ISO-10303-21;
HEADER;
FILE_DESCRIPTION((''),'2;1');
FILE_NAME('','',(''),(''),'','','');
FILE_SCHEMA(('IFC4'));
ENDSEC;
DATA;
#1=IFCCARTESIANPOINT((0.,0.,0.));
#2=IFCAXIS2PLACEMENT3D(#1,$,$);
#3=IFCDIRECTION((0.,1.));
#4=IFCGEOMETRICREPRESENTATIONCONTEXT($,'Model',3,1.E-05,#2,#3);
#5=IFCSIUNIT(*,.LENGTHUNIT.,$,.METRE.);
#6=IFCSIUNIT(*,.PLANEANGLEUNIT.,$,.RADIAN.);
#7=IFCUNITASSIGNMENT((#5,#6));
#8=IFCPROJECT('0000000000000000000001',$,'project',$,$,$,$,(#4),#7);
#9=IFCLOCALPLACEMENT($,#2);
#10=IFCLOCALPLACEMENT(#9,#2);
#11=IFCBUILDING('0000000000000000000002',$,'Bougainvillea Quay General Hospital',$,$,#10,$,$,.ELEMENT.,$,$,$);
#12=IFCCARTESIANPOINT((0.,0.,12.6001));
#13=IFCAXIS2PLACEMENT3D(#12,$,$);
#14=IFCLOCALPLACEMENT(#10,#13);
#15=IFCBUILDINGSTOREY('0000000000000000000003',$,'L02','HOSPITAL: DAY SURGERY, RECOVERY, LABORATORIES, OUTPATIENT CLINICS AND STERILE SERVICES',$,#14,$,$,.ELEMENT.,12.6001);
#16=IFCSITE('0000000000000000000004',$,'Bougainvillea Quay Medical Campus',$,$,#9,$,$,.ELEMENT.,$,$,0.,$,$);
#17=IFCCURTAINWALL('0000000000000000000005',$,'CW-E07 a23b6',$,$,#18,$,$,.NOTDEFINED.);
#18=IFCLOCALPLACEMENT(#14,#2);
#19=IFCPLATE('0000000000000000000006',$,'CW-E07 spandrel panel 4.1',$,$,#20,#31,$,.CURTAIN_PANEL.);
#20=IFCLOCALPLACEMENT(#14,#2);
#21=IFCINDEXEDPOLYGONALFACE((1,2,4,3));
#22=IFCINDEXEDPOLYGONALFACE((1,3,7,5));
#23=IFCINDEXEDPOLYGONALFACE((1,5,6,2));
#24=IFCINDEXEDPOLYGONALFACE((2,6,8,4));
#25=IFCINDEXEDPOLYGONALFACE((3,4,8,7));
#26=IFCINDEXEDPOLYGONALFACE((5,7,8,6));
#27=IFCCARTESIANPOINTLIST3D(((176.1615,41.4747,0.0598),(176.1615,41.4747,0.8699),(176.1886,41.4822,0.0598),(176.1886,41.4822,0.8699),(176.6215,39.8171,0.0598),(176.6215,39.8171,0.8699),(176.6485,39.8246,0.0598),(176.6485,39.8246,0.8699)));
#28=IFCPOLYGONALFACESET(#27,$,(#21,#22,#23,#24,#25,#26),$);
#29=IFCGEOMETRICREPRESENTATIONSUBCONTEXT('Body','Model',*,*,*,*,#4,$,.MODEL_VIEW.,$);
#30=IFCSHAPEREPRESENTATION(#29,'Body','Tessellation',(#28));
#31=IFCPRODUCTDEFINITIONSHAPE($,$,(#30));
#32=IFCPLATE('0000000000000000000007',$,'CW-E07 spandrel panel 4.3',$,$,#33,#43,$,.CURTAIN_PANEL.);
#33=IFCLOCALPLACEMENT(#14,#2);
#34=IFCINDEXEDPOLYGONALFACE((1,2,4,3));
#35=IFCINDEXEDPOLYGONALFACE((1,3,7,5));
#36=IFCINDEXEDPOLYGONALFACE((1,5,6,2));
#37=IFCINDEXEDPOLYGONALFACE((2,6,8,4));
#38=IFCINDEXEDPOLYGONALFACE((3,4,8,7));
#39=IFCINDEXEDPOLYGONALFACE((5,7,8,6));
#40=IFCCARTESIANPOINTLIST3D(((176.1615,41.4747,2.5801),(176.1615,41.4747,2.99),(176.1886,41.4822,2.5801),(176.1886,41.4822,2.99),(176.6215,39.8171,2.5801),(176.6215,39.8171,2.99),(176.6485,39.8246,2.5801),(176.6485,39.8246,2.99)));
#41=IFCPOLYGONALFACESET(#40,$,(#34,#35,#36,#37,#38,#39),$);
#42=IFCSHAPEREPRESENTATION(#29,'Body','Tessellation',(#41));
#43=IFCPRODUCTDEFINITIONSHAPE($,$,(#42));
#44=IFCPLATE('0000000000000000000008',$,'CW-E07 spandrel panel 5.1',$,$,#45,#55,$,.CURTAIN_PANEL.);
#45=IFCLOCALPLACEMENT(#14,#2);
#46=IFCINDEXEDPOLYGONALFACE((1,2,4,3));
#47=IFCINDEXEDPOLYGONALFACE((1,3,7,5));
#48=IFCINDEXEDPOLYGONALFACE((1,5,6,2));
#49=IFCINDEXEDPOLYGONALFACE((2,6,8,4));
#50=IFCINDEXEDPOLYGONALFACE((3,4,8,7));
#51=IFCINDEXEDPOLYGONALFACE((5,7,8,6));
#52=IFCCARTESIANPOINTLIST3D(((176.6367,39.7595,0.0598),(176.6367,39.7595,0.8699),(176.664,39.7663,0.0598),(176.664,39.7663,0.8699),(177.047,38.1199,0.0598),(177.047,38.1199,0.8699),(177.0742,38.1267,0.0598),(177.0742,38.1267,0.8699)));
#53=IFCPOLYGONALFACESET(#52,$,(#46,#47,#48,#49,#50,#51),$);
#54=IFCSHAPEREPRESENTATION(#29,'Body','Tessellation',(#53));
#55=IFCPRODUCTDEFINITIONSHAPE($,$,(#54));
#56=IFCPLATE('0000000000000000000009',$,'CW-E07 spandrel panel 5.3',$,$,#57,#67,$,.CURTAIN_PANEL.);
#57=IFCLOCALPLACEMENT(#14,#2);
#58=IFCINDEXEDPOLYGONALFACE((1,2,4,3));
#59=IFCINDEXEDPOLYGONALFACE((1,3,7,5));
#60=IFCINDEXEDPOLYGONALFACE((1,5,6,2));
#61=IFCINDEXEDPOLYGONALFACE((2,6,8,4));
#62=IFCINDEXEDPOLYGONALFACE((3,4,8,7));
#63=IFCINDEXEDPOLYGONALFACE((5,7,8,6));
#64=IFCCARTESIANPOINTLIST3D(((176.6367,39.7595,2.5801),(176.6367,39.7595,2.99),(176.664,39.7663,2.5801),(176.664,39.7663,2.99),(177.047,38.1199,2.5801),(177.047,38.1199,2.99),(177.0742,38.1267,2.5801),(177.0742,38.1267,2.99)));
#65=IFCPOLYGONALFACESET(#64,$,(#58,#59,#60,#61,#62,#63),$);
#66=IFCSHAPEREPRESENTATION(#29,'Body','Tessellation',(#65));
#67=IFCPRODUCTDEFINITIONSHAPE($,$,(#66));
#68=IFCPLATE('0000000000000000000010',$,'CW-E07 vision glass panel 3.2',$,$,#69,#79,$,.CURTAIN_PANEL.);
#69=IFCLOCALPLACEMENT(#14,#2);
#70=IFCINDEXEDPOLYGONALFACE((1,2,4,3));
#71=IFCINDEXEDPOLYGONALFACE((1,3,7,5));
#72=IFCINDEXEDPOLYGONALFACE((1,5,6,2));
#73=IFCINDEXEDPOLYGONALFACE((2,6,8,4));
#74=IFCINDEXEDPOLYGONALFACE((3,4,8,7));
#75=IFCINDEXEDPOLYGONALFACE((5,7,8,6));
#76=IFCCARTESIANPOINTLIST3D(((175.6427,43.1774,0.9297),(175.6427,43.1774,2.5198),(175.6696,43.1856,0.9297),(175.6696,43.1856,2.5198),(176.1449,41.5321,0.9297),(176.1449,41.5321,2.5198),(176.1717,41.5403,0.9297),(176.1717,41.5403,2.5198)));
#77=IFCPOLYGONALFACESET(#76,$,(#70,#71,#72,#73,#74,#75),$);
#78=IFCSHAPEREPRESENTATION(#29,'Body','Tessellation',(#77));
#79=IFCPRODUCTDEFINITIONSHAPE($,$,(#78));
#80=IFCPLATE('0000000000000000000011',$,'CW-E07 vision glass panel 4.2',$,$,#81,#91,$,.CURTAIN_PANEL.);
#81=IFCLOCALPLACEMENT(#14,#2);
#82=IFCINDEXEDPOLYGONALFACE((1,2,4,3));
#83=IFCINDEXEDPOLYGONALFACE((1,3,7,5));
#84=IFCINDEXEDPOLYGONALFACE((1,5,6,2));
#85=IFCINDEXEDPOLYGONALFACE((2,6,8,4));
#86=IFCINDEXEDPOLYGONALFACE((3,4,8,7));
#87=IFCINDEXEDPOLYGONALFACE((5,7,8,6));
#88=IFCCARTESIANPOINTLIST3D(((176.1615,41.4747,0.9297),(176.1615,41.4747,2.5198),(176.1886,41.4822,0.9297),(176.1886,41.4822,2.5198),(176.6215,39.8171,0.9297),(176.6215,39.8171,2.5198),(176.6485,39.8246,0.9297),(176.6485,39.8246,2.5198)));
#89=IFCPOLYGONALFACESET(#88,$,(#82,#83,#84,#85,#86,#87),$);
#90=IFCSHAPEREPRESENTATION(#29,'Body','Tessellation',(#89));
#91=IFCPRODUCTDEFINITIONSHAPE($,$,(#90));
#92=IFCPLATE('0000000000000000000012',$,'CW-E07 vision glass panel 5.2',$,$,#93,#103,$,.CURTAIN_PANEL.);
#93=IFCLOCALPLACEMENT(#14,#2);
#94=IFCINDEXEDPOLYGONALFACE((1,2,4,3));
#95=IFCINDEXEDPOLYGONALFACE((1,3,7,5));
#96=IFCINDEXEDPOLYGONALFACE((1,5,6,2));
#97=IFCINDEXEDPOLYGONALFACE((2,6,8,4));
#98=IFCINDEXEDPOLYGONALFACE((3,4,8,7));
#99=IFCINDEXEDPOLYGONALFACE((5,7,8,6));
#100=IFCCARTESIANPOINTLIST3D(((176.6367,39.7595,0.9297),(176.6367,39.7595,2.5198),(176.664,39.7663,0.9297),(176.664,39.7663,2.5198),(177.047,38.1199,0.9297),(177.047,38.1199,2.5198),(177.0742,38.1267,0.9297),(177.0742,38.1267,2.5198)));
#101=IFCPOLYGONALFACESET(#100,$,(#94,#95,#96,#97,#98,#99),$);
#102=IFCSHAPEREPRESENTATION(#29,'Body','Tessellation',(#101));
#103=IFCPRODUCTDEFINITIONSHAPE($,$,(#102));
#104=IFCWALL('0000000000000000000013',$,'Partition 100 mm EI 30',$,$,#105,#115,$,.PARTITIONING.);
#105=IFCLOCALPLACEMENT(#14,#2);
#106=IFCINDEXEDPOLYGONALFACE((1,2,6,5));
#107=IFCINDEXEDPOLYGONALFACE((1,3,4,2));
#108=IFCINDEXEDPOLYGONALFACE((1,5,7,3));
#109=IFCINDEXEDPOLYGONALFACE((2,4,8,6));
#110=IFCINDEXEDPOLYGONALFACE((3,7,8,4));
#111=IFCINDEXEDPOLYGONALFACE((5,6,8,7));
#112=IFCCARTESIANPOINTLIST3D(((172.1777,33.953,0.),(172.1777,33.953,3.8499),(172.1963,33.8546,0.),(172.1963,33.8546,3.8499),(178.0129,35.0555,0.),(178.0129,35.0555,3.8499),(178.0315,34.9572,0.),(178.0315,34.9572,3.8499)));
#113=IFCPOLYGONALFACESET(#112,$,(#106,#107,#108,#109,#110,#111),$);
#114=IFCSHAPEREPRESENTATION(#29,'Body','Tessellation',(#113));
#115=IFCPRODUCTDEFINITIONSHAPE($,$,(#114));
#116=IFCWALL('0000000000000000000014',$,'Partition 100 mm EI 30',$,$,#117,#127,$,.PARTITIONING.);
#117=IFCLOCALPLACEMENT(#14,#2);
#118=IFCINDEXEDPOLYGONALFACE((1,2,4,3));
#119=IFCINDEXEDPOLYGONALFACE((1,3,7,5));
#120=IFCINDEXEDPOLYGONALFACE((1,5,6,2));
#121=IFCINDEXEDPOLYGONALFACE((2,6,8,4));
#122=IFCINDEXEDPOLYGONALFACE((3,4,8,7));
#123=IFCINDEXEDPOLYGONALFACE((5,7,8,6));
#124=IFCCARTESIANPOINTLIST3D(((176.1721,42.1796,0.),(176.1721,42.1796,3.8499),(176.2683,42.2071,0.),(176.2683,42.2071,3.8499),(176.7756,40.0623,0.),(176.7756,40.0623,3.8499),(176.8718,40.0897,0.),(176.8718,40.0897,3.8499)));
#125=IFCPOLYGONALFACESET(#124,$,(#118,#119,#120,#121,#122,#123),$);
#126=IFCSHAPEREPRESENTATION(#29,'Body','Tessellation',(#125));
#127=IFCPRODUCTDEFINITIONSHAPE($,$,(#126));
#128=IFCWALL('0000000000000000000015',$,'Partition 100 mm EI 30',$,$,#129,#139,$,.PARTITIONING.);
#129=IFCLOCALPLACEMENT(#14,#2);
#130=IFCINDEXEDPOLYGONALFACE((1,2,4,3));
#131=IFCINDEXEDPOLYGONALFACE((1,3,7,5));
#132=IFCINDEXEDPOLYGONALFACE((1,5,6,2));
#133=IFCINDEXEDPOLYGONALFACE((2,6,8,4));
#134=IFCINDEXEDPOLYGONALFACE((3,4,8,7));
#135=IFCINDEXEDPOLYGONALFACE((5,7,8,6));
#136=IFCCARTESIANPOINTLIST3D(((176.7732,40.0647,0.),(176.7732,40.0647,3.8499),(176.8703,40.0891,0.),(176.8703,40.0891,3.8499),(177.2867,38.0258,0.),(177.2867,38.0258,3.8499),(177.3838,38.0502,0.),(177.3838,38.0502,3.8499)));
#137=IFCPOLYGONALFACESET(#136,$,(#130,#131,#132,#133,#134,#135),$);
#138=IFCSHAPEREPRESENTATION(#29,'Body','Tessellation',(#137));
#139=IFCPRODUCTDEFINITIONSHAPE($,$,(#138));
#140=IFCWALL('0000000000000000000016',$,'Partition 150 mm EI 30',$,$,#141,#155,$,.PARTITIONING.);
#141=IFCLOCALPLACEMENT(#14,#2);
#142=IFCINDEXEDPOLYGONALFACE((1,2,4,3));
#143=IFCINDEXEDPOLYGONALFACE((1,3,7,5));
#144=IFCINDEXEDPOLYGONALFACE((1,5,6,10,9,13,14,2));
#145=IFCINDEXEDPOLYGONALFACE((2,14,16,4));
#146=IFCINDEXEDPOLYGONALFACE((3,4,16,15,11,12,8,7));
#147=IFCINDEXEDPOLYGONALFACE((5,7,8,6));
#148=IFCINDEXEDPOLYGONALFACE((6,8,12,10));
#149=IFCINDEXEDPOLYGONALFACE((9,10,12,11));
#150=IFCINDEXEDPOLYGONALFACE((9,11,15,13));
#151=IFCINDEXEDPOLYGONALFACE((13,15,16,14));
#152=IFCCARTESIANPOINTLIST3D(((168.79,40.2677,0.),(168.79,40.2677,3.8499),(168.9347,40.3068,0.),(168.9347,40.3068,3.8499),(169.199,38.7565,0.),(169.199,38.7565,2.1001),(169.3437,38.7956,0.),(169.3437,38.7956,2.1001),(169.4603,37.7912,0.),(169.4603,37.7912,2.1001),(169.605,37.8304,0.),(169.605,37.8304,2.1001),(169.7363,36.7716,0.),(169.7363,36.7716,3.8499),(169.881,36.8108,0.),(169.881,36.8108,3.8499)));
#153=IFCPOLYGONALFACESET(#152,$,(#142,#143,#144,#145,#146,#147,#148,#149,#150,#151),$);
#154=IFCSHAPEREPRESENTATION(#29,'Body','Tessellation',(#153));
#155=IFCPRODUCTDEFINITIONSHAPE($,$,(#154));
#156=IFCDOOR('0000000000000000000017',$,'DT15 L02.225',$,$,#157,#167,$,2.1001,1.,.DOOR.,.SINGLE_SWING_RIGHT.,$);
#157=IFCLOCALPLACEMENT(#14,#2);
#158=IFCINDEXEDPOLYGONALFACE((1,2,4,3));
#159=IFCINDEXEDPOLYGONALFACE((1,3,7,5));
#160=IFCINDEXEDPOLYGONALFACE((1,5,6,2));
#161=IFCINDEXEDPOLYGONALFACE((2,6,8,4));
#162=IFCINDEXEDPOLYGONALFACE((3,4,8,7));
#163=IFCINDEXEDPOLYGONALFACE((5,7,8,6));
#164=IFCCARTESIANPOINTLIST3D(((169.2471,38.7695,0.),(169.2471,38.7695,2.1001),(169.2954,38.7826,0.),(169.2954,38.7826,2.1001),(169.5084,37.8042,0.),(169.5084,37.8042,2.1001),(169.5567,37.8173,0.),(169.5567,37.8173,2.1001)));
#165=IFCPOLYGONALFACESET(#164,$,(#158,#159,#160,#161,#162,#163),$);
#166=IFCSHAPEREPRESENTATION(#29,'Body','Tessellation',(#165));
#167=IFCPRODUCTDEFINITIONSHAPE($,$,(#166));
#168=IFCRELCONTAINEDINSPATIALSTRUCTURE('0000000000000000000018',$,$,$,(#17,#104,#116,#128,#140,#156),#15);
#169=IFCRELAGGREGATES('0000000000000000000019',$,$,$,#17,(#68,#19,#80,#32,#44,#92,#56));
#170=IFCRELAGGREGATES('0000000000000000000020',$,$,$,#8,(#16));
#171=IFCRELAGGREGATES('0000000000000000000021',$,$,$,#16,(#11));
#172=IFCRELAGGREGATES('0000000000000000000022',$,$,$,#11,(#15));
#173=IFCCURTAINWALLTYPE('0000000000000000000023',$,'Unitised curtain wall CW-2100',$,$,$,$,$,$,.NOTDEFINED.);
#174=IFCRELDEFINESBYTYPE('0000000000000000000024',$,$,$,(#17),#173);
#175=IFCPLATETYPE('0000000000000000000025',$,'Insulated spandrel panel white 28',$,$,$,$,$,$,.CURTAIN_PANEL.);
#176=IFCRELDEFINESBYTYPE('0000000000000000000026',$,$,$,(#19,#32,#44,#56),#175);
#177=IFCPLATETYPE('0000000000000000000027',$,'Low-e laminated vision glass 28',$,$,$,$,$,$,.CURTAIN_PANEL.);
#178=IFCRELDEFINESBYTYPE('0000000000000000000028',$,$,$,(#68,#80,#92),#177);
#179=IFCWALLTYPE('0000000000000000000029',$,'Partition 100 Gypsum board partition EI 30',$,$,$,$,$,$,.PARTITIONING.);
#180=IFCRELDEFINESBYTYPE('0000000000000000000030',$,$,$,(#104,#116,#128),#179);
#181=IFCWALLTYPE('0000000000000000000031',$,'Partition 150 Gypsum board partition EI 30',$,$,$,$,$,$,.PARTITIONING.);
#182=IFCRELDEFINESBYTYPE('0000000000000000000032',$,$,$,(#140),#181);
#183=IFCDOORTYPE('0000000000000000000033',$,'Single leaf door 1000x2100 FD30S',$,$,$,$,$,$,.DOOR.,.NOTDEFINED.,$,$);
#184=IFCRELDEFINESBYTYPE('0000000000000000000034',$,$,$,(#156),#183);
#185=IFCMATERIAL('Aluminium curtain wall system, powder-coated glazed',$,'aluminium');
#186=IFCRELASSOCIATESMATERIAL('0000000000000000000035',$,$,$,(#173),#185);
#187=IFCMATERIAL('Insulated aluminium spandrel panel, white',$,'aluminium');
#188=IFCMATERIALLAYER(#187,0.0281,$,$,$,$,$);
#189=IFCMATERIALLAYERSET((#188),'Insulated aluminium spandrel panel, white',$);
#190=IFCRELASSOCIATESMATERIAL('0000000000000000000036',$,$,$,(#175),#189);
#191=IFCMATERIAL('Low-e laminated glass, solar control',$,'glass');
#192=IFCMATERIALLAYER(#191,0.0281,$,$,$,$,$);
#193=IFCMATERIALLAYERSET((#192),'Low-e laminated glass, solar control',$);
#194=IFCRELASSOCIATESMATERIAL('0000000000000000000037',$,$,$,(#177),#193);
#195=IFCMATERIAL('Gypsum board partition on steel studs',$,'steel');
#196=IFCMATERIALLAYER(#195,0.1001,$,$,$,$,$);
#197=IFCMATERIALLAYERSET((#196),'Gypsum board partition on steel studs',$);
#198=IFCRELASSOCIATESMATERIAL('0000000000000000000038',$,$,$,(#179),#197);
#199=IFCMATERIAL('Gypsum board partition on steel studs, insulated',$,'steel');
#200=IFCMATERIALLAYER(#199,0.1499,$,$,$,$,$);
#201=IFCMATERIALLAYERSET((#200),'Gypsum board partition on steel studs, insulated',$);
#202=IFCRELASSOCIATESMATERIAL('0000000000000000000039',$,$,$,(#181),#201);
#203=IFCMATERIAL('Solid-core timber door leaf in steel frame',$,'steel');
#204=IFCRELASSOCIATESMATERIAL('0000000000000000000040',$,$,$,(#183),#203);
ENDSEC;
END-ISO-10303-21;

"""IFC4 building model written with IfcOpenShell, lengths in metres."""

from ifc_helpers import new_model, si_unit, direction, frame, frame_2d, origin, origin_2d, place, context, subcontext, project, spatial, rectangle, extrude, material, layer, layer_set, type_object, element, fill, aggregate, save


model = new_model("IFC4")

# Units and contexts
model_context = context("Model", 3, precision=1e-05, world=origin(), true_north=direction((0.0, 1.0)))
body_context = subcontext(model_context, "Body", "Model", "MODEL_VIEW")
ifc_project = project(units=[si_unit("LENGTHUNIT", "METRE"), si_unit("PLANEANGLEUNIT", "RADIAN")], contexts=[model_context])

# Site, building, storey
site_placement = place(None, origin())
site = spatial("IfcSite", under=ifc_project, at=site_placement, Name="Bougainvillea Quay Medical Campus", CompositionType="ELEMENT", RefElevation=0.0)
building_placement = place(site_placement, origin())
building = spatial("IfcBuilding", under=site, at=building_placement, Name="Bougainvillea Quay General Hospital", CompositionType="ELEMENT")
storey_placement = place(building_placement, frame((0.0, 0.0, 12.6001)))
storey = spatial("IfcBuildingStorey", under=building, at=storey_placement, Name="L02", Description="HOSPITAL: DAY SURGERY, RECOVERY, LABORATORIES, OUTPATIENT CLINICS AND STERILE SERVICES", CompositionType="ELEMENT", Elevation=12.6001)

# Curtain wall, plates
ifc_material_1 = material(Name="Aluminium curtain wall system, powder-coated glazed", Category="aluminium")
curtain_wall_type = type_object("IfcCurtainWallType", Name="Unitised curtain wall CW-2100", PredefinedType="NOTDEFINED", material=ifc_material_1)
curtain_wall_placement = place(storey_placement, origin())
curtain_wall = element("IfcCurtainWall", 1, at=curtain_wall_placement, inside=storey, type_object=curtain_wall_type, Name="CW-E07 a23b6", PredefinedType="NOTDEFINED")
ifc_material_2 = material(Name="Insulated aluminium spandrel panel, white", Category="aluminium")
ifc_layer_1 = layer(ifc_material_2, 0.0281)
ifc_layer_set_1 = layer_set([ifc_layer_1], Name="Insulated aluminium spandrel panel, white")
plate_type_1 = type_object("IfcPlateType", Name="Insulated spandrel panel white 28", PredefinedType="CURTAIN_PANEL", material=ifc_layer_set_1)
plate_1_placement = place(storey_placement, frame((176.405, 40.6497, 0.0598), z_axis=(0.0, 0.0, 1.0), x_axis=(0.2674, -0.963586, 0.0)))
plate_1 = element("IfcPlate", 2, at=plate_1_placement, type_object=plate_type_1, Name="CW-E07 spandrel panel 4.1", PredefinedType="CURTAIN_PANEL", context=body_context, shape_type="SweptSolid", body=[
    extrude(rectangle(XDim=1.7202, YDim=0.0281, at=origin_2d()), origin(), (0.0, 0.0, 1.0), 0.8101),
])
plate_2_placement = place(storey_placement, frame((176.405, 40.6497, 2.5801), z_axis=(0.0, 0.0, 1.0), x_axis=(0.2674, -0.963586, 0.0)))
plate_2 = element("IfcPlate", 3, at=plate_2_placement, type_object=plate_type_1, Name="CW-E07 spandrel panel 4.3", PredefinedType="CURTAIN_PANEL", context=body_context, shape_type="SweptSolid", body=[
    extrude(rectangle(XDim=1.7202, YDim=0.0281, at=origin_2d()), origin(), (0.0, 0.0, 1.0), 0.4099),
])
plate_3_placement = place(storey_placement, frame((176.8555, 38.9431, 0.0598), z_axis=(0.0, 0.0, 1.0), x_axis=(0.242721, -0.970096, 0.0)))
plate_3 = element("IfcPlate", 4, at=plate_3_placement, type_object=plate_type_1, Name="CW-E07 spandrel panel 5.1", PredefinedType="CURTAIN_PANEL", context=body_context, shape_type="SweptSolid", body=[
    extrude(rectangle(XDim=1.6902, YDim=0.0281, at=origin_2d()), origin(), (0.0, 0.0, 1.0), 0.8101),
])
plate_4_placement = place(storey_placement, frame((176.8555, 38.9431, 2.5801), z_axis=(0.0, 0.0, 1.0), x_axis=(0.242721, -0.970096, 0.0)))
plate_4 = element("IfcPlate", 5, at=plate_4_placement, type_object=plate_type_1, Name="CW-E07 spandrel panel 5.3", PredefinedType="CURTAIN_PANEL", context=body_context, shape_type="SweptSolid", body=[
    extrude(rectangle(XDim=1.6902, YDim=0.0281, at=origin_2d()), origin(), (0.0, 0.0, 1.0), 0.4099),
])
ifc_material_3 = material(Name="Low-e laminated glass, solar control", Category="glass")
ifc_layer_2 = layer(ifc_material_3, 0.0281)
ifc_layer_set_2 = layer_set([ifc_layer_2], Name="Low-e laminated glass, solar control")
plate_type_2 = type_object("IfcPlateType", Name="Low-e laminated vision glass 28", PredefinedType="CURTAIN_PANEL", material=ifc_layer_set_2)
plate_5_placement = place(storey_placement, frame((175.9072, 42.3589, 0.9297), z_axis=(0.0, 0.0, 1.0), x_axis=(0.291904, -0.956448, 0.0)))
plate_5 = element("IfcPlate", 6, at=plate_5_placement, type_object=plate_type_2, Name="CW-E07 vision glass panel 3.2", PredefinedType="CURTAIN_PANEL", context=body_context, shape_type="SweptSolid", body=[
    extrude(rectangle(XDim=1.7202, YDim=0.0281, at=origin_2d()), origin(), (0.0, 0.0, 1.0), 1.5901),
])
plate_6_placement = place(storey_placement, frame((176.405, 40.6497, 0.9297), z_axis=(0.0, 0.0, 1.0), x_axis=(0.2674, -0.963586, 0.0)))
plate_6 = element("IfcPlate", 7, at=plate_6_placement, type_object=plate_type_2, Name="CW-E07 vision glass panel 4.2", PredefinedType="CURTAIN_PANEL", context=body_context, shape_type="SweptSolid", body=[
    extrude(rectangle(XDim=1.7202, YDim=0.0281, at=origin_2d()), origin(), (0.0, 0.0, 1.0), 1.5901),
])
plate_7_placement = place(storey_placement, frame((176.8555, 38.9431, 0.9297), z_axis=(0.0, 0.0, 1.0), x_axis=(0.242721, -0.970096, 0.0)))
plate_7 = element("IfcPlate", 8, at=plate_7_placement, type_object=plate_type_2, Name="CW-E07 vision glass panel 5.2", PredefinedType="CURTAIN_PANEL", context=body_context, shape_type="SweptSolid", body=[
    extrude(rectangle(XDim=1.6902, YDim=0.0281, at=origin_2d()), origin(), (0.0, 0.0, 1.0), 1.5901),
])
aggregate(curtain_wall, [plate_5, plate_1, plate_6, plate_2, plate_3, plate_7, plate_4])

# Walls
ifc_material_4 = material(Name="Gypsum board partition on steel studs", Category="steel")
ifc_layer_3 = layer(ifc_material_4, 0.1001)
ifc_layer_set_3 = layer_set([ifc_layer_3], Name="Gypsum board partition on steel studs")
wall_type_1 = type_object("IfcWallType", Name="Partition 100 Gypsum board partition EI 30", PredefinedType="PARTITIONING", material=ifc_layer_set_3)
wall_1_placement = place(storey_placement, frame((172.187, 33.9038, 0.0), z_axis=(0.0, 0.0, 1.0), x_axis=(0.982614, 0.185661, 0.0)))
element("IfcWall", 9, at=wall_1_placement, inside=storey, type_object=wall_type_1, Name="Partition 100 mm EI 30", PredefinedType="PARTITIONING", context=body_context, shape_type="SweptSolid", body=[
    extrude(rectangle(XDim=5.9385, YDim=0.1001, at=frame_2d((2.9692, 0.0))), origin(), (0.0, 0.0, 1.0), 3.8499),
])
wall_2_placement = place(storey_placement, frame((176.2202, 42.1934, 0.0), z_axis=(0.0, 0.0, 1.0), x_axis=(0.274106, -0.961699, 0.0)))
element("IfcWall", 10, at=wall_2_placement, inside=storey, type_object=wall_type_1, Name="Partition 100 mm EI 30", PredefinedType="PARTITIONING", context=body_context, shape_type="SweptSolid", body=[
    extrude(rectangle(XDim=2.2017, YDim=0.1001, at=frame_2d((1.1008, 0.0))), origin(), (0.0, 0.0, 1.0), 3.8499),
])
wall_3_placement = place(storey_placement, frame((176.8218, 40.0769, 0.0), z_axis=(0.0, 0.0, 1.0), x_axis=(0.244202, -0.969724, 0.0)))
element("IfcWall", 11, at=wall_3_placement, inside=storey, type_object=wall_type_1, Name="Partition 100 mm EI 30", PredefinedType="PARTITIONING", context=body_context, shape_type="SweptSolid", body=[
    extrude(rectangle(XDim=2.1025, YDim=0.1001, at=frame_2d((1.0513, 0.0))), origin(), (0.0, 0.0, 1.0), 3.8499),
])

# Wall, opening, door
ifc_material_5 = material(Name="Gypsum board partition on steel studs, insulated", Category="steel")
ifc_layer_4 = layer(ifc_material_5, 0.1499)
ifc_layer_set_4 = layer_set([ifc_layer_4], Name="Gypsum board partition on steel studs, insulated")
wall_type_2 = type_object("IfcWallType", Name="Partition 150 Gypsum board partition EI 30", PredefinedType="PARTITIONING", material=ifc_layer_set_4)
wall_4_placement = place(storey_placement, frame((168.8623, 40.2874, 0.0), z_axis=(0.0, 0.0, 1.0), x_axis=(0.261269, -0.965266, 0.0)))
wall_4 = element("IfcWall", 12, at=wall_4_placement, inside=storey, type_object=wall_type_2, Name="Partition 150 mm EI 30", PredefinedType="PARTITIONING", context=body_context, shape_type="SweptSolid", body=[
    extrude(rectangle(XDim=3.6218, YDim=0.1499, at=frame_2d((1.811, 0.0))), origin(), (0.0, 0.0, 1.0), 3.8499),
])
opening_1_placement = place(wall_4_placement, frame((1.5657, 0.0, 0.0)))
opening_1 = element("IfcOpeningElement", 13, at=opening_1_placement, cuts=wall_4, PredefinedType="OPENING", context=body_context, shape_type="SweptSolid", body=[
    extrude(rectangle(XDim=1.0, YDim=2.1001, at=frame_2d((0.5, 1.05))), frame((0.0, 0.085, 0.0), z_axis=(0.0, -1.0, 0.0), x_axis=(1.0, 0.0, 0.0)), (0.0, 0.0, 1.0), 0.1699),
])
ifc_material_6 = material(Name="Solid-core timber door leaf in steel frame", Category="steel")
door_type_1 = type_object("IfcDoorType", Name="Single leaf door 1000x2100 FD30S", OperationType="NOTDEFINED", PredefinedType="DOOR", material=ifc_material_6)
door_1_placement = place(opening_1_placement, origin())
door_1 = element("IfcDoor", 14, at=door_1_placement, inside=storey, type_object=door_type_1, Name="DT15 L02.225", OperationType="SINGLE_SWING_RIGHT", OverallHeight=2.1001, OverallWidth=1.0, PredefinedType="DOOR", context=body_context, shape_type="SweptSolid", body=[
    extrude(rectangle(XDim=1.0, YDim=2.1001, at=frame_2d((0.5, 1.05))), frame((0.0, 0.0249, 0.0), z_axis=(0.0, -1.0, 0.0), x_axis=(1.0, 0.0, 0.0)), (0.0, 0.0, 1.0), 0.05),
])
fill(opening_1, door_1)

save(model, "model.ifc")
